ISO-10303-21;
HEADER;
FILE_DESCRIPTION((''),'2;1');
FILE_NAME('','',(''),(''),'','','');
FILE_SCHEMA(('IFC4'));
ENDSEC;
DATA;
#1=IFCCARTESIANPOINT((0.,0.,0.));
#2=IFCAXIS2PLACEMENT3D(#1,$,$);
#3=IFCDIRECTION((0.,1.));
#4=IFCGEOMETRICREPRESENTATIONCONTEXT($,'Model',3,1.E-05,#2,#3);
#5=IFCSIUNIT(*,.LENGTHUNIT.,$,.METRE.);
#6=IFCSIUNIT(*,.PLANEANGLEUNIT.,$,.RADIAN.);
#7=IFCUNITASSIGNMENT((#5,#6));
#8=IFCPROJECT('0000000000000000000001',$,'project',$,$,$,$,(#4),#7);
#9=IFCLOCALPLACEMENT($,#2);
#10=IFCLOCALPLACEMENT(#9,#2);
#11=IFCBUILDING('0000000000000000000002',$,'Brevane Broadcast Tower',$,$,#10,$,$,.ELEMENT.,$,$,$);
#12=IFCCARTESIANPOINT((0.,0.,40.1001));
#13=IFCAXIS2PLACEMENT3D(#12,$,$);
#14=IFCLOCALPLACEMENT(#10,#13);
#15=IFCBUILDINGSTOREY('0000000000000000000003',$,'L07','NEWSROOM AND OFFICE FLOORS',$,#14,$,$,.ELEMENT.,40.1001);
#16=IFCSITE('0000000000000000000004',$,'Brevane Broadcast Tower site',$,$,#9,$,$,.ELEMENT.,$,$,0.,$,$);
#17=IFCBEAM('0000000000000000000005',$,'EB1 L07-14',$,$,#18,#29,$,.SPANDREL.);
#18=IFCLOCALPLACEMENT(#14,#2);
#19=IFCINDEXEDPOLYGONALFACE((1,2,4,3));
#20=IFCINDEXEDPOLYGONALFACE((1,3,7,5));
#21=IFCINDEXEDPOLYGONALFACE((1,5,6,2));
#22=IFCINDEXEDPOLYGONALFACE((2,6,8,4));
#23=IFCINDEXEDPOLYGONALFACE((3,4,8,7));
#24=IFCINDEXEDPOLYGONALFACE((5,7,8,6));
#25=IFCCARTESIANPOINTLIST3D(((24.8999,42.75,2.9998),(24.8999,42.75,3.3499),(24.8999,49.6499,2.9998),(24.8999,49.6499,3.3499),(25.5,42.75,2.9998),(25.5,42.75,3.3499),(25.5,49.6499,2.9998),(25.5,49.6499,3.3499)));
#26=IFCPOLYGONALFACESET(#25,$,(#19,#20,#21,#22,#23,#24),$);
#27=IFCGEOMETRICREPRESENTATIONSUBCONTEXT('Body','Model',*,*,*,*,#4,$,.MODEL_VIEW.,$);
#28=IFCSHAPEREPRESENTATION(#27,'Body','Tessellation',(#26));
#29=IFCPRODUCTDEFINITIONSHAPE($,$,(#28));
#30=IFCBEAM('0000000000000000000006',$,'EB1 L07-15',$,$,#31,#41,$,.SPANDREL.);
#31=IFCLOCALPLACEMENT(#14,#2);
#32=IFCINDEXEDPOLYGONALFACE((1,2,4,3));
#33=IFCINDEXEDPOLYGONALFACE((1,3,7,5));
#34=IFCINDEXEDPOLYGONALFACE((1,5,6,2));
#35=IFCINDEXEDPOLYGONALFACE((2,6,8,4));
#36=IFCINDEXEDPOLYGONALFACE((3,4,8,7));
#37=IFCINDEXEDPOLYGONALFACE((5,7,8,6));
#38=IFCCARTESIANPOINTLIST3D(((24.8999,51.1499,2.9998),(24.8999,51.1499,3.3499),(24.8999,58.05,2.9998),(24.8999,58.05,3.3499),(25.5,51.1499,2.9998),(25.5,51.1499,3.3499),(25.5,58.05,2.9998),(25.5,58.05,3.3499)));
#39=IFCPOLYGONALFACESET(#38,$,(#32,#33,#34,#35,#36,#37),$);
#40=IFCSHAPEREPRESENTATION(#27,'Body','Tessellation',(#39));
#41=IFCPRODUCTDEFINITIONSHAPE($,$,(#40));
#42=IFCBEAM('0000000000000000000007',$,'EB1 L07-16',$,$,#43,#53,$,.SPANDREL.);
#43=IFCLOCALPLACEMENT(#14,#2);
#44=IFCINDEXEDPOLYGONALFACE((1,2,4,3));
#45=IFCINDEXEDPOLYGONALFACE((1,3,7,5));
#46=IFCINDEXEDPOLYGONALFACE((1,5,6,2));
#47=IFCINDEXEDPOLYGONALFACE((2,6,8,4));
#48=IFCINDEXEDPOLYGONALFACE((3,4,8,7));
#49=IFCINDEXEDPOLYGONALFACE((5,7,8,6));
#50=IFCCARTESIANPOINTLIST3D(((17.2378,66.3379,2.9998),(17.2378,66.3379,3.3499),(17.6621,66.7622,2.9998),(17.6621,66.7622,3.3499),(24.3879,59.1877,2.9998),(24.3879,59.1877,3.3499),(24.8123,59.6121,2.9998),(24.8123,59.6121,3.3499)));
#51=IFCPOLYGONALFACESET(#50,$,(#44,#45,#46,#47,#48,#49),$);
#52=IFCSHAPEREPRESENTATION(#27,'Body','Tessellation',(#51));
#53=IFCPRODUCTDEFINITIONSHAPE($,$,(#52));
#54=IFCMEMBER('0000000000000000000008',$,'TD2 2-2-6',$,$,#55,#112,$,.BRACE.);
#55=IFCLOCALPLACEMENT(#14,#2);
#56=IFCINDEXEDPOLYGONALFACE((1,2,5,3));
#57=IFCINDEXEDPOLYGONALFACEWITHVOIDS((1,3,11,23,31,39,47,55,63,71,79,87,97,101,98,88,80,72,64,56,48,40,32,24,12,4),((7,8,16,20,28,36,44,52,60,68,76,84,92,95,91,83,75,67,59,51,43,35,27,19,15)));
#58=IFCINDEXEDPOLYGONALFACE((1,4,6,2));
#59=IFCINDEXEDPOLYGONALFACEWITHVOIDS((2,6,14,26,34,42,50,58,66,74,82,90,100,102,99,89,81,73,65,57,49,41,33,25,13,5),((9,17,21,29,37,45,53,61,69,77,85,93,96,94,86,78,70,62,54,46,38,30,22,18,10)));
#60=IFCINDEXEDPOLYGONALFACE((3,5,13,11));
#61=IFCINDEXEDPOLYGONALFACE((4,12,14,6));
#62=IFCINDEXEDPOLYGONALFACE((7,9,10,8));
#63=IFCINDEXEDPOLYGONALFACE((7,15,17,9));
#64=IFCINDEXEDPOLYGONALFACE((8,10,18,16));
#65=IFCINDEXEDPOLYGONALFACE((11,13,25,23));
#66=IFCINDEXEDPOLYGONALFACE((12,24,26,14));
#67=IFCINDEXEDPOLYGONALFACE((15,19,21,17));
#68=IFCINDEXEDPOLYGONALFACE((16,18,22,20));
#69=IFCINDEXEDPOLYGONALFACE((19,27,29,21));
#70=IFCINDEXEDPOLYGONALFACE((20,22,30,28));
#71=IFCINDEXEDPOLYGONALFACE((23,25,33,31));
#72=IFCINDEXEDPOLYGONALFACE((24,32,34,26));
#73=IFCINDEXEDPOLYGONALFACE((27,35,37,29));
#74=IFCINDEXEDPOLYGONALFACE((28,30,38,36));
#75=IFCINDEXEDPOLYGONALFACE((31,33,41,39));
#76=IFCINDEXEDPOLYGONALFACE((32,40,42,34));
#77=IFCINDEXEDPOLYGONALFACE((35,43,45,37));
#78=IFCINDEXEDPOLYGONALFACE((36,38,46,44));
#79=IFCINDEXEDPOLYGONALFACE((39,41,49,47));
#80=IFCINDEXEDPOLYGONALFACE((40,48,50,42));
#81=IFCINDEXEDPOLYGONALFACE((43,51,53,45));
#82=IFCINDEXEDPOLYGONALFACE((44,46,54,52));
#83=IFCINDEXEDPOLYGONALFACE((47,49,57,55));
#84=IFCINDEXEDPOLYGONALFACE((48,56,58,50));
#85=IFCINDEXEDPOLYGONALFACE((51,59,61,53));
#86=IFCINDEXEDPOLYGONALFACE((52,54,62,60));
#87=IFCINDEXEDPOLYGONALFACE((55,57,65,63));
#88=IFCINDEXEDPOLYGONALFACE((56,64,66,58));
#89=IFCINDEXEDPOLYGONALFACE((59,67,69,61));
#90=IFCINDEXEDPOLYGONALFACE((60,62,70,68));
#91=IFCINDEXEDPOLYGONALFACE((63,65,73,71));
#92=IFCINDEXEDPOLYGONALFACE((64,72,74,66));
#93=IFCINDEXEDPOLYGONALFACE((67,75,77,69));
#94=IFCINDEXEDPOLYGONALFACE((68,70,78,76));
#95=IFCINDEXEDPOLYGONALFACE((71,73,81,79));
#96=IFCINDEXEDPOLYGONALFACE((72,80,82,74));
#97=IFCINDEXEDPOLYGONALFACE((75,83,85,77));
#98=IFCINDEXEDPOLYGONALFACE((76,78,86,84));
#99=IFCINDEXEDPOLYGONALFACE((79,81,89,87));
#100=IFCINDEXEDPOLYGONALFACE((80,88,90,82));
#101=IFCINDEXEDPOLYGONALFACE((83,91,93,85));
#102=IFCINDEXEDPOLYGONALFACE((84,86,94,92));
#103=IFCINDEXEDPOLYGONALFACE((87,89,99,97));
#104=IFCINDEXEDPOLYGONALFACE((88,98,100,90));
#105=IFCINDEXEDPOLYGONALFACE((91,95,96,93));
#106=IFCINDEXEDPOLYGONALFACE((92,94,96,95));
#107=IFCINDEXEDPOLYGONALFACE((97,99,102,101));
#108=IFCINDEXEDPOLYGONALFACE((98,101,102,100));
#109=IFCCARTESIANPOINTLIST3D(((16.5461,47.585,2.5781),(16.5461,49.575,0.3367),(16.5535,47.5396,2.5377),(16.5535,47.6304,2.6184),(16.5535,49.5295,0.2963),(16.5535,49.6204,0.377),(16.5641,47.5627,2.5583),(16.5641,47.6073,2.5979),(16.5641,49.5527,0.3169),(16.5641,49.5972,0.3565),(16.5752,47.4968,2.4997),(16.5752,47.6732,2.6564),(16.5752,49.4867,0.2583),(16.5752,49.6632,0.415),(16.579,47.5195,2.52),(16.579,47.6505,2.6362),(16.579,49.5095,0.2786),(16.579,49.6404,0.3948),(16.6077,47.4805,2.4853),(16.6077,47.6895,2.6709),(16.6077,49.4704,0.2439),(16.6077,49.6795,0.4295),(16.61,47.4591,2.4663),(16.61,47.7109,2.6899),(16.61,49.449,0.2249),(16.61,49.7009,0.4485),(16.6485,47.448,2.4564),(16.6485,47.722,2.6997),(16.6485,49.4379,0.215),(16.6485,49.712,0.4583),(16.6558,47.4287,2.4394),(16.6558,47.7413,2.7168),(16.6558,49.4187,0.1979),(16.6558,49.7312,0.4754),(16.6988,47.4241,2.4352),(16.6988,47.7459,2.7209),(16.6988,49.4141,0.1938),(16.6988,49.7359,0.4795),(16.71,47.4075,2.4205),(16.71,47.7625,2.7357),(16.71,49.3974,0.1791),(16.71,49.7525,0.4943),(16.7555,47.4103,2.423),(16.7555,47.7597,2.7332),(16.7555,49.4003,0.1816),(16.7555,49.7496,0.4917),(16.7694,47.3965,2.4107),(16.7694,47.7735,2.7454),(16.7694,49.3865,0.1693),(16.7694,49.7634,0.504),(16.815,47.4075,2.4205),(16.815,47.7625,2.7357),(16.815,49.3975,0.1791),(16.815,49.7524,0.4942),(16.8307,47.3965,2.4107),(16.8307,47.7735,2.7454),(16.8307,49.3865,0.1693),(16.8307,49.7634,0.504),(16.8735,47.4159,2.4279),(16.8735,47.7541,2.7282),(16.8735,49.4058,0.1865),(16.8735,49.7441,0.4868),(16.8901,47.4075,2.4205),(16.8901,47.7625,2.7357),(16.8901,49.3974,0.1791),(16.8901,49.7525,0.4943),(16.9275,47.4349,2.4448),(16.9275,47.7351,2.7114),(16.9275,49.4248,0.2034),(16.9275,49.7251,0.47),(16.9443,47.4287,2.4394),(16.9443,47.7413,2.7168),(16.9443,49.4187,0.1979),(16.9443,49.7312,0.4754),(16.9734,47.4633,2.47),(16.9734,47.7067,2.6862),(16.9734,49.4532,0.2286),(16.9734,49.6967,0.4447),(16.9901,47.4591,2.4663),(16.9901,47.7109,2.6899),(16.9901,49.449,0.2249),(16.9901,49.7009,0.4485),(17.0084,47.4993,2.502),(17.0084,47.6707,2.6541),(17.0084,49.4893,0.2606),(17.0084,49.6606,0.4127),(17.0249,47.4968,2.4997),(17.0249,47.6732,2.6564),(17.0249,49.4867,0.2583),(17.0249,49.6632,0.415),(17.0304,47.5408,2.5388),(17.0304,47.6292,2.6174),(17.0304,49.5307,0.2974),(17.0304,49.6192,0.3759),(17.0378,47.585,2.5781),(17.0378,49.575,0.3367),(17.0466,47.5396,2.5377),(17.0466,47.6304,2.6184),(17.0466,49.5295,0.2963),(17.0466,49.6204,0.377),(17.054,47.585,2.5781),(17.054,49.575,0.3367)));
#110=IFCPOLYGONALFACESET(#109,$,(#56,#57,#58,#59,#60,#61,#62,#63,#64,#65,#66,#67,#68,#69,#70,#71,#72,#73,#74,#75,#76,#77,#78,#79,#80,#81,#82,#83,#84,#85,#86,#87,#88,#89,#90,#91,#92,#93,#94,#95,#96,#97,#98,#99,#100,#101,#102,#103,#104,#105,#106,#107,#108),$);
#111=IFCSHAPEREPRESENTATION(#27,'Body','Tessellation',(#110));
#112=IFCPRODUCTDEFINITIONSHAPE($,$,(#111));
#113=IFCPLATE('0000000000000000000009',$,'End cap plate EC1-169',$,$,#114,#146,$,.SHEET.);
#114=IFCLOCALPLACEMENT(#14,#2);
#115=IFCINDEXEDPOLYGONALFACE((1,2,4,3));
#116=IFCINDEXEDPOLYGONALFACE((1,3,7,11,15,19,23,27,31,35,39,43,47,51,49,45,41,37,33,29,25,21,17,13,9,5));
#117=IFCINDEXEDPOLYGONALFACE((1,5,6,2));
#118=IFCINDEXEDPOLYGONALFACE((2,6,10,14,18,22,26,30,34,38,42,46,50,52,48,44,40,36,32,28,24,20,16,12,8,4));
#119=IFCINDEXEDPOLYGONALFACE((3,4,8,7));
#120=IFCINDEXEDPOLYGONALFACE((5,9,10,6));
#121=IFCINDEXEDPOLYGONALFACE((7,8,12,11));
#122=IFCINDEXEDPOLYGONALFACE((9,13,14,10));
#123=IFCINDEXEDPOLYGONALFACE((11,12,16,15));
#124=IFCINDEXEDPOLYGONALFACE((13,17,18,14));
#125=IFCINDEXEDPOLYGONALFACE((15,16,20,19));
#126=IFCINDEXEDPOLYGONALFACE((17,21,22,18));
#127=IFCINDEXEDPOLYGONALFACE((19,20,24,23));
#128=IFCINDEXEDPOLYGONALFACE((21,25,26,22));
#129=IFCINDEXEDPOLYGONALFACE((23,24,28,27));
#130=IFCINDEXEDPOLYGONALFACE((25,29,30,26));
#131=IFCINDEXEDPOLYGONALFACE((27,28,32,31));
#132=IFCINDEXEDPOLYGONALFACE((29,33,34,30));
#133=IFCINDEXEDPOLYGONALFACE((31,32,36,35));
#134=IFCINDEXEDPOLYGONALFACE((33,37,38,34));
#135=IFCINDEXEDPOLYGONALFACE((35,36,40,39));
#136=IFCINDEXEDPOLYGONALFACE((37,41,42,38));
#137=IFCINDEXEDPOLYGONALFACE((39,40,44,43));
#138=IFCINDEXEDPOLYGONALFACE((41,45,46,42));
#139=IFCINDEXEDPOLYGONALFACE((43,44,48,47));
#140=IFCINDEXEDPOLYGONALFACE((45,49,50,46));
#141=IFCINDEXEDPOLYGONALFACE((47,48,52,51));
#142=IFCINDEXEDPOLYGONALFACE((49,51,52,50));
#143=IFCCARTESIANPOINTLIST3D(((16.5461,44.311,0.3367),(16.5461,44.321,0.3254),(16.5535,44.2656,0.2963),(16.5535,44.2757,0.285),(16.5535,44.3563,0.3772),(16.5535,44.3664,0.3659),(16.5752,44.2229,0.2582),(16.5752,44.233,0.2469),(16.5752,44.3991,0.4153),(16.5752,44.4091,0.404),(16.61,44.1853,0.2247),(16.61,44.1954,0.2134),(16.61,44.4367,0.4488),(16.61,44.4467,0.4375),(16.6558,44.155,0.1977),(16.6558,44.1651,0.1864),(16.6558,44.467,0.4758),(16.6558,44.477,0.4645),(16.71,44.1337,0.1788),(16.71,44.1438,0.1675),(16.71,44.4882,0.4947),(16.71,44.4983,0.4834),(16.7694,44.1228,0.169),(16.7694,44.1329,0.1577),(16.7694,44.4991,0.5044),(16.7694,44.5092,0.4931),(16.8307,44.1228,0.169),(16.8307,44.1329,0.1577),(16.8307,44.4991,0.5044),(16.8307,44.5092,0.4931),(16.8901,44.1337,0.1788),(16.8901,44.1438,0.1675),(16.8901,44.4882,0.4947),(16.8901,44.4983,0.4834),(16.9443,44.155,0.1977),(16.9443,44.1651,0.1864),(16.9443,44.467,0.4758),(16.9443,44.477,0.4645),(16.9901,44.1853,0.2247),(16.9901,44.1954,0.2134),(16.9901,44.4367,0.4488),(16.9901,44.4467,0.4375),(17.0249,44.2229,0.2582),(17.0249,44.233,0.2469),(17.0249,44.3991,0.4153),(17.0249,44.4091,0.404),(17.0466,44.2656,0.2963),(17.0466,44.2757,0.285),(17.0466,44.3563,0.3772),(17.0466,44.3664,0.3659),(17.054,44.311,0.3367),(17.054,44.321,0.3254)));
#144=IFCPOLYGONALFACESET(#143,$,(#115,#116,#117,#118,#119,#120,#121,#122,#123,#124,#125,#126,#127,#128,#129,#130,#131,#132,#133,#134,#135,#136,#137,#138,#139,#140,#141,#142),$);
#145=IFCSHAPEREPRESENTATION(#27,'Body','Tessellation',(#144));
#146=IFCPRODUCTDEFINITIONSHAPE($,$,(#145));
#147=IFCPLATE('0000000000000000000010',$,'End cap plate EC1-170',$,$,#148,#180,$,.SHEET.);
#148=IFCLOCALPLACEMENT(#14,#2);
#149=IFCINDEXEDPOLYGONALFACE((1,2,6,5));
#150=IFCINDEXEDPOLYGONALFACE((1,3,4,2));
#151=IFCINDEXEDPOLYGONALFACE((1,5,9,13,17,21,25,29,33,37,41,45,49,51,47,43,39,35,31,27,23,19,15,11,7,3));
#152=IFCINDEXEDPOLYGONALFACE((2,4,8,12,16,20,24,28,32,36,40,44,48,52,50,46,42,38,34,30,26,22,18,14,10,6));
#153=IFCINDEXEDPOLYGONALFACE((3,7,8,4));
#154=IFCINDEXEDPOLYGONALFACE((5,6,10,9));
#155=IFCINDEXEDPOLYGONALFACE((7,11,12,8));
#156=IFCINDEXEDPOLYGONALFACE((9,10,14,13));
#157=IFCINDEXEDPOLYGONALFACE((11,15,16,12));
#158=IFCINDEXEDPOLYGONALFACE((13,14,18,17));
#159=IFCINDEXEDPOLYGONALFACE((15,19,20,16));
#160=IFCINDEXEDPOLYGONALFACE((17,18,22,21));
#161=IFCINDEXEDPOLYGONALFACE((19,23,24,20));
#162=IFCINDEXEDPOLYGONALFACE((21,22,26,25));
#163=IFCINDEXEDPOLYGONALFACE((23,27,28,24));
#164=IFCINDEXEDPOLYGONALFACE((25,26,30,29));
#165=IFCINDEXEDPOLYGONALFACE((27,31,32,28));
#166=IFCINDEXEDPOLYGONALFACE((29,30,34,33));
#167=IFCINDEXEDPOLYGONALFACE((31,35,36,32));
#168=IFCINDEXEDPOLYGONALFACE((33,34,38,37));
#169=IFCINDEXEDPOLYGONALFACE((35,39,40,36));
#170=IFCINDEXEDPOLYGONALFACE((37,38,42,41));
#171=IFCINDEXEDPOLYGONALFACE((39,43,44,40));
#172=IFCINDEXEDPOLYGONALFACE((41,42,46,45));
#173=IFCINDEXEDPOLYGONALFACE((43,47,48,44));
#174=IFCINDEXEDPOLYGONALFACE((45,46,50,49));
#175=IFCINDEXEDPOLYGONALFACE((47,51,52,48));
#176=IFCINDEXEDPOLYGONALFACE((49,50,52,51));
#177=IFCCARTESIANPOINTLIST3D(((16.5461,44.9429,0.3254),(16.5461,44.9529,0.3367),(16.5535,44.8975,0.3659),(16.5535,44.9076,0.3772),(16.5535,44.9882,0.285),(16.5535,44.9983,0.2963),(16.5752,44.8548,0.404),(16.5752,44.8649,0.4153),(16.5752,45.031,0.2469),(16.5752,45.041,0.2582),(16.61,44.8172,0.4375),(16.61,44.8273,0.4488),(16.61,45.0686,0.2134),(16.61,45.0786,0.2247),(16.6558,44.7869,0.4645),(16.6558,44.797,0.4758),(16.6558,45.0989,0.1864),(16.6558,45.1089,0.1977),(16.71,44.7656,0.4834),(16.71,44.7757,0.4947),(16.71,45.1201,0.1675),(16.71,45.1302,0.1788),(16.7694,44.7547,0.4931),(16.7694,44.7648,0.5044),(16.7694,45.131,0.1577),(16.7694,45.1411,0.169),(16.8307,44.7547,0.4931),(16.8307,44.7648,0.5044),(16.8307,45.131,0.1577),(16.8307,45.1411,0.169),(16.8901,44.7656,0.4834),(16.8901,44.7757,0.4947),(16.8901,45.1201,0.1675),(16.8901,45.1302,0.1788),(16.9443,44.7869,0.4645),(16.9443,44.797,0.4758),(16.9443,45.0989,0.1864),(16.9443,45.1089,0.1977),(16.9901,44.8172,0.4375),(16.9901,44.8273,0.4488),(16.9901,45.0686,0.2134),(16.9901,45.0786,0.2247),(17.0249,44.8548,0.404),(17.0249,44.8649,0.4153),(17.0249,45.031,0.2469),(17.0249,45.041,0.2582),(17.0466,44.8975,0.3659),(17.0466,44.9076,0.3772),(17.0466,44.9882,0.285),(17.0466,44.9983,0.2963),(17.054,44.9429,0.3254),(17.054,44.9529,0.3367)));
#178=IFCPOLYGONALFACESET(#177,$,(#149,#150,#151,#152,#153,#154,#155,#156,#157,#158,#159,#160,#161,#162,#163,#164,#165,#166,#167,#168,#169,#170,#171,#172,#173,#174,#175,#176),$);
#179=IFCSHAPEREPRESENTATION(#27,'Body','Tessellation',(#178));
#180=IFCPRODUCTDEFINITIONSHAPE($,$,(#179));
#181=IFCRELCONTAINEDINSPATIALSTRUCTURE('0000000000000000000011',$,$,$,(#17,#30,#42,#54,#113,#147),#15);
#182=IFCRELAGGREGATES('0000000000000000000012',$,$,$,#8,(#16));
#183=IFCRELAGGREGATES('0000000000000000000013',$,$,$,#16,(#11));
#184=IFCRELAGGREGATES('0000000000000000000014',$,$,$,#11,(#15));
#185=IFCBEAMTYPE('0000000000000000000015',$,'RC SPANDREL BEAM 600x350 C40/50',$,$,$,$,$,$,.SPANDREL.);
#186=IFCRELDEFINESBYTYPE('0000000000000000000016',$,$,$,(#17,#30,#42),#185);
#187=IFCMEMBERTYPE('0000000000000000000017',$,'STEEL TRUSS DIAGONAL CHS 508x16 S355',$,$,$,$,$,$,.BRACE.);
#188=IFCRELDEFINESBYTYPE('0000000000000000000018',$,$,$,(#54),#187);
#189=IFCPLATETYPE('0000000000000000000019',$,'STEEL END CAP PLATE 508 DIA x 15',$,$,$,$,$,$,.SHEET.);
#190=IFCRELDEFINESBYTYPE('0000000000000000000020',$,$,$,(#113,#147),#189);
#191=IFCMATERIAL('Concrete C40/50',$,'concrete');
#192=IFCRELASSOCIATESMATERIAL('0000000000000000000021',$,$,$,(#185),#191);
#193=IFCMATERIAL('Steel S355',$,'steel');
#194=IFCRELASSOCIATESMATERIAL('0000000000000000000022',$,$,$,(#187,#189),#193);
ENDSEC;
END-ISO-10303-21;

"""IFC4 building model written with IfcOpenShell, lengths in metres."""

from ifc_helpers import new_model, si_unit, direction, frame, origin, origin_2d, place, context, subcontext, project, spatial, rectangle, circle, hollow_circle, extrude, material, material_profile, profile_set, type_object, element, save


model = new_model("IFC4")

# Units and contexts
model_context = context("Model", 3, precision=1e-05, world=origin(), true_north=direction((0.0, 1.0)))
body_context = subcontext(model_context, "Body", "Model", "MODEL_VIEW")
ifc_project = project(units=[si_unit("LENGTHUNIT", "METRE"), si_unit("PLANEANGLEUNIT", "RADIAN")], contexts=[model_context])

# Site, building, storey
site_placement = place(None, origin())
site = spatial("IfcSite", under=ifc_project, at=site_placement, Name="Brevane Broadcast Tower site", CompositionType="ELEMENT", RefElevation=0.0)
building_placement = place(site_placement, origin())
building = spatial("IfcBuilding", under=site, at=building_placement, Name="Brevane Broadcast Tower", CompositionType="ELEMENT")
storey_placement = place(building_placement, frame((0.0, 0.0, 40.1001)))
storey = spatial("IfcBuildingStorey", under=building, at=storey_placement, Name="L07", Description="NEWSROOM AND OFFICE FLOORS", CompositionType="ELEMENT", Elevation=40.1001)

# Beams
ifc_material_1 = material(Name="Concrete C40/50", Category="concrete")
ifc_material_profile_1 = material_profile(ifc_material_1, rectangle(XDim=0.6001, YDim=0.3501, at=origin_2d()), Name="RC 600x350")
ifc_profile_set_1 = profile_set([ifc_material_profile_1], Name="Concrete C40/50")
beam_type_1 = type_object("IfcBeamType", Name="RC SPANDREL BEAM 600x350 C40/50", PredefinedType="SPANDREL", material=ifc_profile_set_1)
beam_1_placement = place(storey_placement, frame((25.2, 42.75, 3.1748), z_axis=(0.0, 1.0, 0.0), x_axis=(-1.0, 0.0, 0.0)))
element("IfcBeam", 1, at=beam_1_placement, inside=storey, type_object=beam_type_1, Name="EB1 L07-14", PredefinedType="SPANDREL", context=body_context, shape_type="SweptSolid", body=[
    extrude(rectangle(XDim=0.6001, YDim=0.3501, at=origin_2d()), origin(), (0.0, 0.0, 1.0), 6.8999),
])
beam_2_placement = place(storey_placement, frame((25.2, 51.1499, 3.1748), z_axis=(0.0, 1.0, 0.0), x_axis=(-1.0, 0.0, 0.0)))
element("IfcBeam", 2, at=beam_2_placement, inside=storey, type_object=beam_type_1, Name="EB1 L07-15", PredefinedType="SPANDREL", context=body_context, shape_type="SweptSolid", body=[
    extrude(rectangle(XDim=0.6001, YDim=0.3501, at=origin_2d()), origin(), (0.0, 0.0, 1.0), 6.9001),
])
beam_3_placement = place(storey_placement, frame((24.6001, 59.3999, 3.1748), z_axis=(-0.707107, 0.707107, 0.0), x_axis=(-0.707107, -0.707107, 0.0)))
element("IfcBeam", 3, at=beam_3_placement, inside=storey, type_object=beam_type_1, Name="EB1 L07-16", PredefinedType="SPANDREL", context=body_context, shape_type="SweptSolid", body=[
    extrude(rectangle(XDim=0.6001, YDim=0.3501, at=origin_2d()), origin(), (0.0, 0.0, 1.0), 10.1118),
])

# Member
ifc_material_2 = material(Name="Steel S355", Category="steel")
ifc_material_profile_2 = material_profile(ifc_material_2, hollow_circle(Radius=0.2539, WallThickness=0.0161, at=origin_2d()), Name="CHS 508x16")
ifc_profile_set_2 = profile_set([ifc_material_profile_2], Name="Steel S355")
member_type_1 = type_object("IfcMemberType", Name="STEEL TRUSS DIAGONAL CHS 508x16 S355", PredefinedType="BRACE", material=ifc_profile_set_2)
member_1_placement = place(storey_placement, frame((16.8, 49.575, 0.3367), z_axis=(0.0, -0.663914, 0.747809), x_axis=(1.0, 0.0, 0.0)))
element("IfcMember", 4, at=member_1_placement, inside=storey, type_object=member_type_1, Name="TD2 2-2-6", PredefinedType="BRACE", context=body_context, shape_type="SweptSolid", body=[
    extrude(hollow_circle(Radius=0.2539, WallThickness=0.0161, at=origin_2d()), origin(), (0.0, 0.0, 1.0), 2.9973),
])

# Plates
ifc_material_profile_3 = material_profile(ifc_material_2, circle(Radius=0.2539, at=origin_2d()), Name="PL 508 DIA x 15")
ifc_profile_set_3 = profile_set([ifc_material_profile_3], Name="Steel S355")
plate_type = type_object("IfcPlateType", Name="STEEL END CAP PLATE 508 DIA x 15", PredefinedType="SHEET", material=ifc_profile_set_3)
for number, where, z_axis, x_axis, name in (
    (5, (16.8, 44.321, 0.3254), (0.0, -0.665371, 0.746513), (1.0, 0.0, 0.0), "End cap plate EC1-169"),
    (6, (16.8, 44.9429, 0.3254), (0.0, 0.665371, 0.746513), (-1.0, 0.0, 0.0), "End cap plate EC1-170"),
):
    element("IfcPlate", number, at=place(storey_placement, frame(where, z_axis=z_axis, x_axis=x_axis)), inside=storey, type_object=plate_type, Name=name, PredefinedType="SHEET", context=body_context, shape_type="SweptSolid", body=[
        extrude(circle(Radius=0.2539, at=origin_2d()), origin(), (0.0, 0.0, 1.0), 0.0151),
    ])

save(model, "model.ifc")
